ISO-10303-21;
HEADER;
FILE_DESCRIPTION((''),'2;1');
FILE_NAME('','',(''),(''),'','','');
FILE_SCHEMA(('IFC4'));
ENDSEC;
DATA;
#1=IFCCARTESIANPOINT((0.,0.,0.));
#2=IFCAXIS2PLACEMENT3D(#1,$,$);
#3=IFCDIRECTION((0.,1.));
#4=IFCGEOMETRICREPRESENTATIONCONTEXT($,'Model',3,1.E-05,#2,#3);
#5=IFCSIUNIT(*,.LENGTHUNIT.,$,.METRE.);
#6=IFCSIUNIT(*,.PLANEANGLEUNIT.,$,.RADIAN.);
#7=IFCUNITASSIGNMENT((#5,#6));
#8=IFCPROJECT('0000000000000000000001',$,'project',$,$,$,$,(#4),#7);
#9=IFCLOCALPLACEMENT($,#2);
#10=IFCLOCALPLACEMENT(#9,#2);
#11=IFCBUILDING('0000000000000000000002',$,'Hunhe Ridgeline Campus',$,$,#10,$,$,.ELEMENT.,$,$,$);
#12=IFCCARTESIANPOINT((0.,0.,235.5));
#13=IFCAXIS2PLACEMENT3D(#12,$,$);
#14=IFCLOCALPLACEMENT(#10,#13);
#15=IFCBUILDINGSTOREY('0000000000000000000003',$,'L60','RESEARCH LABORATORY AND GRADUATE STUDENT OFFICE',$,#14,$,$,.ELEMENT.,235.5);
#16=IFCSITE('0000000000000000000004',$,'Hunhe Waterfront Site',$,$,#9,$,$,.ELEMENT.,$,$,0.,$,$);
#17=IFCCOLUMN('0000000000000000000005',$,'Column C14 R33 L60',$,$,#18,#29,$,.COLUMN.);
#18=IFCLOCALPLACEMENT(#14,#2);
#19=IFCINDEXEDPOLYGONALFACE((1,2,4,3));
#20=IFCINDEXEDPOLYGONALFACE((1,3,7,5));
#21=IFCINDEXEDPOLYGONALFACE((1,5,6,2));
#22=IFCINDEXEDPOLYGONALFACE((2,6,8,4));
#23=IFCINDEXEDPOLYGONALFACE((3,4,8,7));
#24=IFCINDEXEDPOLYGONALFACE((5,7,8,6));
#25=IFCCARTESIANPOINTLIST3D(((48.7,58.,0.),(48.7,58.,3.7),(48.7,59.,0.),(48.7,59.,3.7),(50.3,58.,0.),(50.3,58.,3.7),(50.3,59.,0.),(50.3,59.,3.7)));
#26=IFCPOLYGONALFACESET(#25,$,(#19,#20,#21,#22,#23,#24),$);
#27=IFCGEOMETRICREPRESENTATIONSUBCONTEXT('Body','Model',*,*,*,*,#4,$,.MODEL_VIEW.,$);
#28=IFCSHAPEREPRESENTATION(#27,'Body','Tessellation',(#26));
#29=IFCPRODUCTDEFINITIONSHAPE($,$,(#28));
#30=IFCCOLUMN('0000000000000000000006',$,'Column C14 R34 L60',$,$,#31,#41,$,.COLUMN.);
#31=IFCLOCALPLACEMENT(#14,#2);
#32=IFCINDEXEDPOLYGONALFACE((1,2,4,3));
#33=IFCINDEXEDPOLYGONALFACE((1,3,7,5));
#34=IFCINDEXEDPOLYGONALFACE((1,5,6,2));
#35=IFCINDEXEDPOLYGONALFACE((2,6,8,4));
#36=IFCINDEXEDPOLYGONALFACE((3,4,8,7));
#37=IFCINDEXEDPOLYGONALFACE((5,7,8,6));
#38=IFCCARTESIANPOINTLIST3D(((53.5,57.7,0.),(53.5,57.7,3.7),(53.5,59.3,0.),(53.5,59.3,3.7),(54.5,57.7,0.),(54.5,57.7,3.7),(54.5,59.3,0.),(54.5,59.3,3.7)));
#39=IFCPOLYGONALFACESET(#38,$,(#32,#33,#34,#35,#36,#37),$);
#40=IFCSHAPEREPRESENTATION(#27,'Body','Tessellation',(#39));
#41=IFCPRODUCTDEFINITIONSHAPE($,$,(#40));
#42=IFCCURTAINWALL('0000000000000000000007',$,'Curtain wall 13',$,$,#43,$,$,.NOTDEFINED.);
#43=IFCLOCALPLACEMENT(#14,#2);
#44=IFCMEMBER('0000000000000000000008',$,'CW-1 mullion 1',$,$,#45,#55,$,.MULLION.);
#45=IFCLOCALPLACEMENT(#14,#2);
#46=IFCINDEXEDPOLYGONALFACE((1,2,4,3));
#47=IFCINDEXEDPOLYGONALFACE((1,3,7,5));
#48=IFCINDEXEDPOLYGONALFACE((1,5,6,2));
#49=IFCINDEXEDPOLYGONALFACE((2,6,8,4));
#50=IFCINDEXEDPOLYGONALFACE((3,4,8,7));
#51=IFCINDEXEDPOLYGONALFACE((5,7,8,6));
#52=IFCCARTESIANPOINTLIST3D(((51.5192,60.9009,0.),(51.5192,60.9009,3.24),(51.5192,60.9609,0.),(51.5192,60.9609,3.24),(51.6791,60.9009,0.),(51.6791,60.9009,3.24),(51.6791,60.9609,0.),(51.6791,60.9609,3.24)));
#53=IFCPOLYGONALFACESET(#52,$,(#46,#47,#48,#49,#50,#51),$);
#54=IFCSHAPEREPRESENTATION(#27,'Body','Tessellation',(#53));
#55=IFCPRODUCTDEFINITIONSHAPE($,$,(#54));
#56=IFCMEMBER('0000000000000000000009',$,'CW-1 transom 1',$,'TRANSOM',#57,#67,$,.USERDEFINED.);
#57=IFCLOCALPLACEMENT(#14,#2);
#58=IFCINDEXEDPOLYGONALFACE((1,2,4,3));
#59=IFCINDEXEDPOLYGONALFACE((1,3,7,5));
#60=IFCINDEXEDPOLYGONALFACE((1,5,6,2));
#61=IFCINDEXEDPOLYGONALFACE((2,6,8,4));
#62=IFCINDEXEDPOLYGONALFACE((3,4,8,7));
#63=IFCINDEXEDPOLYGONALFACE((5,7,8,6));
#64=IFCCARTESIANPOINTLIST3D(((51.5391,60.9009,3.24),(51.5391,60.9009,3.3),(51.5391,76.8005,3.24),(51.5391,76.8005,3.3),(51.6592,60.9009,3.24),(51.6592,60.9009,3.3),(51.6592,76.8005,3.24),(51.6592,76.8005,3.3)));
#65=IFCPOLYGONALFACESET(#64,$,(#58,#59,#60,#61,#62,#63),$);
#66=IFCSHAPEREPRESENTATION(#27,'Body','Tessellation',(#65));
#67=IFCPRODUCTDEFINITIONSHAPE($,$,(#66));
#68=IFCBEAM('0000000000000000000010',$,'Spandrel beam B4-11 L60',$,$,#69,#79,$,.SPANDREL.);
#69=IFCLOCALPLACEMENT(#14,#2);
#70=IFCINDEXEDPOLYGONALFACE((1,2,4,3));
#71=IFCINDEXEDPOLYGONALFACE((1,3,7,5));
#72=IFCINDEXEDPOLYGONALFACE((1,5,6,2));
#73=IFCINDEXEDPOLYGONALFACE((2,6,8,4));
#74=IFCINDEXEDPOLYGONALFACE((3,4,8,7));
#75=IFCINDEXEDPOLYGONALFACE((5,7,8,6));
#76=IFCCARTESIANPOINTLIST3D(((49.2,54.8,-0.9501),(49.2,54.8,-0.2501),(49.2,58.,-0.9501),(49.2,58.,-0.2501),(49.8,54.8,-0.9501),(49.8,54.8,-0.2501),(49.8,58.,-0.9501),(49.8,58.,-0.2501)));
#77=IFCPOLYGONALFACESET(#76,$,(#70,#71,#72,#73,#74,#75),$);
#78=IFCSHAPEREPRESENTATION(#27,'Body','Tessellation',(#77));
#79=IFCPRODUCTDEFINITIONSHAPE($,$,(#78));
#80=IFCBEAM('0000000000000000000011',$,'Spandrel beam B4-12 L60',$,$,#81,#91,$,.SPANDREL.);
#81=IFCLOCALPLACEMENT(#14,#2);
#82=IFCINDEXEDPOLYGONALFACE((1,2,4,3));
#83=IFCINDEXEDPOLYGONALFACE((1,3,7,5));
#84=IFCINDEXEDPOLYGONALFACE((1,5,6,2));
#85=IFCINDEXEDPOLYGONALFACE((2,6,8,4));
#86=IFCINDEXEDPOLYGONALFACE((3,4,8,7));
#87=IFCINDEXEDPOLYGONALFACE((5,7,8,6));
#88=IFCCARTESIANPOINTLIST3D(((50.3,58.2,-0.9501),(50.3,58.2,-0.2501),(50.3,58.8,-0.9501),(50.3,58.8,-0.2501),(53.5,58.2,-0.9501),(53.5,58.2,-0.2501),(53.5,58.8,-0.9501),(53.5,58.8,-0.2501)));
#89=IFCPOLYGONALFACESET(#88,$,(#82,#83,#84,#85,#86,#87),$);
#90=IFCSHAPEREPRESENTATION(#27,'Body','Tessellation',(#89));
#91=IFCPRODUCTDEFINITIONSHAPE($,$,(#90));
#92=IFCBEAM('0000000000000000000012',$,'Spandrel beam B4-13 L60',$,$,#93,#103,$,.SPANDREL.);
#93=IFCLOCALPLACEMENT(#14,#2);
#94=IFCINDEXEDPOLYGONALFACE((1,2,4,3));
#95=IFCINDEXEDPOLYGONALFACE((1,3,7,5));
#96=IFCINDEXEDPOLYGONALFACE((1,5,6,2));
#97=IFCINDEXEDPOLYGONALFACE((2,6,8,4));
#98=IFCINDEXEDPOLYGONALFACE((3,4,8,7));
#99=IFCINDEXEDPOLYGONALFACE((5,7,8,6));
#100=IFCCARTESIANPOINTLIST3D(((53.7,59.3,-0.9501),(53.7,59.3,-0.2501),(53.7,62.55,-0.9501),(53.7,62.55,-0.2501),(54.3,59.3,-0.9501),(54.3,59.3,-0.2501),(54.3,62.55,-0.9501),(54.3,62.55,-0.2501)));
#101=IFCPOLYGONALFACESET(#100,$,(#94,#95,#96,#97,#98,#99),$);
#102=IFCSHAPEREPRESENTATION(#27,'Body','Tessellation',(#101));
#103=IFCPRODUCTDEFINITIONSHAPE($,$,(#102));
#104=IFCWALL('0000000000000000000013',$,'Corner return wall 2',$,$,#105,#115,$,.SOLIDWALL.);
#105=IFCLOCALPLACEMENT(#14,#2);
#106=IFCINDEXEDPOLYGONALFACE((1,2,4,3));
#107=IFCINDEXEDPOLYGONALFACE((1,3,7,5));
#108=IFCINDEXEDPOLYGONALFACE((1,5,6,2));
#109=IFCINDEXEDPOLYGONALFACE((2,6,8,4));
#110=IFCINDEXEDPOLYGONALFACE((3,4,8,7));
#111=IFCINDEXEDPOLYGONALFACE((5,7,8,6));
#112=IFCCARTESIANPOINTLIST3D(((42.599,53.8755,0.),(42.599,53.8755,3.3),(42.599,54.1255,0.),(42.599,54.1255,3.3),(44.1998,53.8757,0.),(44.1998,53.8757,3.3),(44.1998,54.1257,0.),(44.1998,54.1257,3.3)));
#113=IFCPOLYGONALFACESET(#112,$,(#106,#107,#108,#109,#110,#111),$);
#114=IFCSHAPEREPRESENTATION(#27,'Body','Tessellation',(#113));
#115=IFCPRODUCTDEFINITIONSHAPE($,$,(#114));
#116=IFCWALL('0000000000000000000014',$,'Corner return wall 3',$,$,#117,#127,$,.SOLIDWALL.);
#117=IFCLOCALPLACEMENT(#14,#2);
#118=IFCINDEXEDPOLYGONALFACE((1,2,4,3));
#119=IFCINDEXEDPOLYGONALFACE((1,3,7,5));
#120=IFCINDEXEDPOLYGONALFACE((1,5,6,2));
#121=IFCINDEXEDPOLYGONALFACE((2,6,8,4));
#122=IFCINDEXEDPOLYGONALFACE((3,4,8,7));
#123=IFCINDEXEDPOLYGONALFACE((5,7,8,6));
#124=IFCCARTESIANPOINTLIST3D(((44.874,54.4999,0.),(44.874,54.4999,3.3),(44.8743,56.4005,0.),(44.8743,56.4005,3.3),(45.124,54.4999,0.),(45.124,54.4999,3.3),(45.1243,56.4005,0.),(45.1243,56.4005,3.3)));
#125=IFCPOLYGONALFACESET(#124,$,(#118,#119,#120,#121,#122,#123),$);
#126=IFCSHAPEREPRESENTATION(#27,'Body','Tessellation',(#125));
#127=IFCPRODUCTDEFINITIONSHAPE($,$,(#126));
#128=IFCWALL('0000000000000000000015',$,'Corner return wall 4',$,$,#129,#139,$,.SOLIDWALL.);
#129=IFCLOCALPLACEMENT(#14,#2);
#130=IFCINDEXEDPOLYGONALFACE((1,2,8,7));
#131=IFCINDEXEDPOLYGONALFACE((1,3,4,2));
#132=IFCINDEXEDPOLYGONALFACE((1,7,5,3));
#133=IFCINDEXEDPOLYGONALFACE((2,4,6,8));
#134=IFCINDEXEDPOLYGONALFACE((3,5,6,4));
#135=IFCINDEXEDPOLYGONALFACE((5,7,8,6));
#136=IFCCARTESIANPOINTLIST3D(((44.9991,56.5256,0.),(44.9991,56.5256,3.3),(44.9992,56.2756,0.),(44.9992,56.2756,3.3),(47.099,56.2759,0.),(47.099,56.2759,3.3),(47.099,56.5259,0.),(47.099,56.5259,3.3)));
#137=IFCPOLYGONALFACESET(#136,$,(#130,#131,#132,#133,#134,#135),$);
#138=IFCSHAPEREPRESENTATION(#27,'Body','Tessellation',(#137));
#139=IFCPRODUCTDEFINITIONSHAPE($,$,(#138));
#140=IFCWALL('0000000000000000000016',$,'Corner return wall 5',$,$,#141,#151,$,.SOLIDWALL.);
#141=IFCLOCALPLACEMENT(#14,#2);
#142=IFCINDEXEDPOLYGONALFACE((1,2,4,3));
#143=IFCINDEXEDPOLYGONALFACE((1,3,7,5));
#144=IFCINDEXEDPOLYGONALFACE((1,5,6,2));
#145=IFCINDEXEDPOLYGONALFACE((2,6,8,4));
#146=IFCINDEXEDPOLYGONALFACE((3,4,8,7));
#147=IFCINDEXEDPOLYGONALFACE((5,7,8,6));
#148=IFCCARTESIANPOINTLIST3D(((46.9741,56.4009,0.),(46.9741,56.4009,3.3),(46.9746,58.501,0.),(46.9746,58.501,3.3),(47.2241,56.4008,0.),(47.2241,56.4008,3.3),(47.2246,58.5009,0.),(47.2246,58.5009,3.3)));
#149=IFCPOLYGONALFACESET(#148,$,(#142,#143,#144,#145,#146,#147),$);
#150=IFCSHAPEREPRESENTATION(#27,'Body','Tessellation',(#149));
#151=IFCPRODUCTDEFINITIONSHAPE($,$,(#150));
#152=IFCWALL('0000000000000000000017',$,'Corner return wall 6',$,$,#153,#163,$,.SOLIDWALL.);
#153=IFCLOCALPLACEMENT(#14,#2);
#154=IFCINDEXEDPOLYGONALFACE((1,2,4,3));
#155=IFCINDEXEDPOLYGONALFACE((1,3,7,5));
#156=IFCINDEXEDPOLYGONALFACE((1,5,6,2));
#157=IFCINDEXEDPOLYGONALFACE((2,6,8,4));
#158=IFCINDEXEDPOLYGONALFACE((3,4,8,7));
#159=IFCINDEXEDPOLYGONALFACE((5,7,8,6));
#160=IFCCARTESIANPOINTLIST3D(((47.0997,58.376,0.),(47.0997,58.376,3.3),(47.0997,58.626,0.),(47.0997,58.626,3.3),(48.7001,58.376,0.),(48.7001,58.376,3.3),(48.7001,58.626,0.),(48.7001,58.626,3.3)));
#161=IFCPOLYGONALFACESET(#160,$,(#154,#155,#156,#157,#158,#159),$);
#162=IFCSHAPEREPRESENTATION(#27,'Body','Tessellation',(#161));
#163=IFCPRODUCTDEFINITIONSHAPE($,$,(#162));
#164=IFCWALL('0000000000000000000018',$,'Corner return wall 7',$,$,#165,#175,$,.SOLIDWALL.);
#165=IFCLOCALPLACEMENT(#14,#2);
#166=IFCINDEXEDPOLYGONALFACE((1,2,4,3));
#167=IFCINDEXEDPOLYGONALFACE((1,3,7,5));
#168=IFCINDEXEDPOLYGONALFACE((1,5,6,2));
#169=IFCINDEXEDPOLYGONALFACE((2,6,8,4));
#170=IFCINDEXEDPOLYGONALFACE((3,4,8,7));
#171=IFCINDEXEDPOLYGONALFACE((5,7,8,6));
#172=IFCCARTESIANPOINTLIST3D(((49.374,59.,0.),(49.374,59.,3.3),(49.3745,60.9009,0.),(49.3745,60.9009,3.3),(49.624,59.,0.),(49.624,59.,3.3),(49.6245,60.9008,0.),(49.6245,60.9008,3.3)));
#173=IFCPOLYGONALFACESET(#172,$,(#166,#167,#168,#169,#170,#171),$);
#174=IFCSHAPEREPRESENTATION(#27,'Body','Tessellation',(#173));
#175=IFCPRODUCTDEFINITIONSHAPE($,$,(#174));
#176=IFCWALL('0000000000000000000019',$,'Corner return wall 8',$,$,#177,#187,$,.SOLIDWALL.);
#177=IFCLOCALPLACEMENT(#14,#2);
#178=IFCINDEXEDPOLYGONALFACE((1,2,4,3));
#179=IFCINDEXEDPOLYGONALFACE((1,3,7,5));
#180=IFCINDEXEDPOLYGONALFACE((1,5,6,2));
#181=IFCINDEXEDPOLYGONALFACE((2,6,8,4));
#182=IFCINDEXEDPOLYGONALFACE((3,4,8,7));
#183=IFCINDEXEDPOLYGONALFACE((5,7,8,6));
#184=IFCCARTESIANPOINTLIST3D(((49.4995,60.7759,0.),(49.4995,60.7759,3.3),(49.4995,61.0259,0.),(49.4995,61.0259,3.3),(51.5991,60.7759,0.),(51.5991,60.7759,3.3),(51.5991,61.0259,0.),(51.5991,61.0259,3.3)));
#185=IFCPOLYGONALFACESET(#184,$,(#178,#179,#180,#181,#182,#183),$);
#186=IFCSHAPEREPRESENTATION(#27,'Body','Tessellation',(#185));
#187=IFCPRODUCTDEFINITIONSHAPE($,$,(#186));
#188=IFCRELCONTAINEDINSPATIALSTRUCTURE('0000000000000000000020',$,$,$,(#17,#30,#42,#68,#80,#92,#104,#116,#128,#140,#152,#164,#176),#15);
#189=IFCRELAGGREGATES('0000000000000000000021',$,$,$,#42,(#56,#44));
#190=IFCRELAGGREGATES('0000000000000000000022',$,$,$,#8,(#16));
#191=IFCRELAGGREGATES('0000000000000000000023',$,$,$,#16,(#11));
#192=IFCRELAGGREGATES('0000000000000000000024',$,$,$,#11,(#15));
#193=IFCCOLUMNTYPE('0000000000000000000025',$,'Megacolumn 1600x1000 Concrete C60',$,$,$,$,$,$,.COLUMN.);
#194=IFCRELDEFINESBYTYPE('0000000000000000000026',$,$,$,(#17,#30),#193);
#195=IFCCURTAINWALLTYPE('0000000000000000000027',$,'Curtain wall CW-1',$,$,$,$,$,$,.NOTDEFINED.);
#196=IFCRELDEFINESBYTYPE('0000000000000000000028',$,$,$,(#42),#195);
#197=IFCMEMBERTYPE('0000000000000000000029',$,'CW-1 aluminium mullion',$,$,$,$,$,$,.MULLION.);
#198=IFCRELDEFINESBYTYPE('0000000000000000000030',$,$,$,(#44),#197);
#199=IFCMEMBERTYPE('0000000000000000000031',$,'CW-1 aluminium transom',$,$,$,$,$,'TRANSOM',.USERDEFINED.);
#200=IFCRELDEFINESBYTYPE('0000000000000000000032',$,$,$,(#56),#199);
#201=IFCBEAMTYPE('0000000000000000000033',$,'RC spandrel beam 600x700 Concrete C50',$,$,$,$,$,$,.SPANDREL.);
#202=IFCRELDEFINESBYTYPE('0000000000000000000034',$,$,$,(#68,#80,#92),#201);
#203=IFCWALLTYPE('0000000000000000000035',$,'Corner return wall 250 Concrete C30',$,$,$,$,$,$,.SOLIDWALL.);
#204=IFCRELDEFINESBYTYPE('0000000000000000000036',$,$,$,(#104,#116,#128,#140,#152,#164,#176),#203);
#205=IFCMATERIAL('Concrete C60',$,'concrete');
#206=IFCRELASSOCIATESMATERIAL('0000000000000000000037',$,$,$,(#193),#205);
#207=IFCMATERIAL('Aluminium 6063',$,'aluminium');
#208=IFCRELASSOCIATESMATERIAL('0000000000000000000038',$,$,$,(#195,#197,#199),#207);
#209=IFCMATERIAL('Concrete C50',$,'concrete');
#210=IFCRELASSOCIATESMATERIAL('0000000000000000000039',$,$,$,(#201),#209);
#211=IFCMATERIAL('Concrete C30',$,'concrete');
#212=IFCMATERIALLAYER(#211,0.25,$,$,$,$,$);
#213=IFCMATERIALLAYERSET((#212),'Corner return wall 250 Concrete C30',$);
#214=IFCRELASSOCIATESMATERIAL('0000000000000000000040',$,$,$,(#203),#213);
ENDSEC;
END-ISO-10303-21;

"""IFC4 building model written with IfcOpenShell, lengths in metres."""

from ifc_helpers import new_model, si_unit, direction, frame, frame_2d, origin, origin_2d, place, context, subcontext, project, spatial, rectangle, extrude, material, layer, layer_set, material_profile, profile_set, type_object, element, aggregate, save


model = new_model("IFC4")

# Units and contexts
model_context = context("Model", 3, precision=1e-05, world=origin(), true_north=direction((0.0, 1.0)))
body_context = subcontext(model_context, "Body", "Model", "MODEL_VIEW")
ifc_project = project(units=[si_unit("LENGTHUNIT", "METRE"), si_unit("PLANEANGLEUNIT", "RADIAN")], contexts=[model_context])

# Site, building, storey
site_placement = place(None, origin())
site = spatial("IfcSite", under=ifc_project, at=site_placement, Name="Hunhe Waterfront Site", CompositionType="ELEMENT", RefElevation=0.0)
building_placement = place(site_placement, origin())
building = spatial("IfcBuilding", under=site, at=building_placement, Name="Hunhe Ridgeline Campus", CompositionType="ELEMENT")
storey_placement = place(building_placement, frame((0.0, 0.0, 235.5)))
storey = spatial("IfcBuildingStorey", under=building, at=storey_placement, Name="L60", Description="RESEARCH LABORATORY AND GRADUATE STUDENT OFFICE", CompositionType="ELEMENT", Elevation=235.5)

# Columns
ifc_material_1 = material(Name="Concrete C60", Category="concrete")
ifc_material_profile_1 = material_profile(ifc_material_1, rectangle(XDim=1.6001, YDim=1.0, at=origin_2d()))
ifc_profile_set_1 = profile_set([ifc_material_profile_1], Name="Concrete C60")
column_type = type_object("IfcColumnType", Name="Megacolumn 1600x1000 Concrete C60", PredefinedType="COLUMN", material=ifc_profile_set_1)
for number, where, z_axis, x_axis, name in (
    (1, (49.5, 58.5, 0.0), (0.0, 0.0, 1.0), (1.0, 0.0, 0.0), "Column C14 R33 L60"),
    (2, (54.0, 58.5, 0.0), (0.0, 0.0, 1.0), (0.0, 1.0, 0.0), "Column C14 R34 L60"),
):
    element("IfcColumn", number, at=place(storey_placement, frame(where, z_axis=z_axis, x_axis=x_axis)), inside=storey, type_object=column_type, Name=name, PredefinedType="COLUMN", context=body_context, shape_type="SweptSolid", body=[
        extrude(rectangle(XDim=1.6001, YDim=1.0, at=origin_2d()), origin(), (0.0, 0.0, 1.0), 3.7),
    ])

# Curtain wall, members
ifc_material_2 = material(Name="Aluminium 6063", Category="aluminium")
curtain_wall_type = type_object("IfcCurtainWallType", Name="Curtain wall CW-1", PredefinedType="NOTDEFINED", material=ifc_material_2)
curtain_wall_placement = place(storey_placement, origin())
curtain_wall = element("IfcCurtainWall", 3, at=curtain_wall_placement, inside=storey, type_object=curtain_wall_type, Name="Curtain wall 13", PredefinedType="NOTDEFINED")
ifc_material_profile_2 = material_profile(ifc_material_2, rectangle(XDim=0.1599, YDim=0.0601, at=origin_2d()))
ifc_profile_set_2 = profile_set([ifc_material_profile_2], Name="Aluminium 6063")
member_type_1 = type_object("IfcMemberType", Name="CW-1 aluminium mullion", PredefinedType="MULLION", material=ifc_profile_set_2)
member_1_placement = place(storey_placement, frame((51.5991, 60.9309, 0.0), z_axis=(0.0, 0.0, 1.0), x_axis=(-1.0, 0.0, 0.0)))
member_1 = element("IfcMember", 4, at=member_1_placement, type_object=member_type_1, Name="CW-1 mullion 1", PredefinedType="MULLION", context=body_context, shape_type="SweptSolid", body=[
    extrude(rectangle(XDim=0.1599, YDim=0.0601, at=origin_2d()), origin(), (0.0, 0.0, 1.0), 3.24),
])
ifc_material_profile_3 = material_profile(ifc_material_2, rectangle(XDim=0.1201, YDim=0.0601, at=origin_2d()))
ifc_profile_set_3 = profile_set([ifc_material_profile_3], Name="Aluminium 6063")
member_type_2 = type_object("IfcMemberType", Name="CW-1 aluminium transom", ElementType="TRANSOM", PredefinedType="USERDEFINED", material=ifc_profile_set_3)
member_2_placement = place(storey_placement, frame((51.5991, 60.9009, 3.27), z_axis=(0.0, 1.0, 0.0), x_axis=(-1.0, 0.0, 0.0)))
member_2 = element("IfcMember", 5, at=member_2_placement, type_object=member_type_2, Name="CW-1 transom 1", ObjectType="TRANSOM", PredefinedType="USERDEFINED", context=body_context, shape_type="SweptSolid", body=[
    extrude(rectangle(XDim=0.1201, YDim=0.0601, at=origin_2d()), origin(), (0.0, 0.0, 1.0), 15.8997),
])
aggregate(curtain_wall, [member_2, member_1])

# Beams
ifc_material_3 = material(Name="Concrete C50", Category="concrete")
ifc_material_profile_4 = material_profile(ifc_material_3, rectangle(XDim=0.6001, YDim=0.7, at=origin_2d()))
ifc_profile_set_4 = profile_set([ifc_material_profile_4], Name="Concrete C50")
beam_type = type_object("IfcBeamType", Name="RC spandrel beam 600x700 Concrete C50", PredefinedType="SPANDREL", material=ifc_profile_set_4)
for number, where, z_axis, x_axis, name in (
    (6, (49.5, 54.8, -0.6001), (0.0, 1.0, 0.0), (-1.0, 0.0, 0.0), "Spandrel beam B4-11 L60"),
    (7, (50.3, 58.5, -0.6001), (1.0, 0.0, 0.0), (0.0, 1.0, 0.0), "Spandrel beam B4-12 L60"),
):
    element("IfcBeam", number, at=place(storey_placement, frame(where, z_axis=z_axis, x_axis=x_axis)), inside=storey, type_object=beam_type, Name=name, PredefinedType="SPANDREL", context=body_context, shape_type="SweptSolid", body=[
        extrude(rectangle(XDim=0.6001, YDim=0.7, at=origin_2d()), origin(), (0.0, 0.0, 1.0), 3.2),
    ])
beam_placement = place(storey_placement, frame((54.0, 59.3, -0.6001), z_axis=(0.0, 1.0, 0.0), x_axis=(-1.0, 0.0, 0.0)))
element("IfcBeam", 8, at=beam_placement, inside=storey, type_object=beam_type, Name="Spandrel beam B4-13 L60", PredefinedType="SPANDREL", context=body_context, shape_type="SweptSolid", body=[
    extrude(rectangle(XDim=0.6001, YDim=0.7, at=origin_2d()), origin(), (0.0, 0.0, 1.0), 3.25),
])

# Walls
ifc_material_4 = material(Name="Concrete C30", Category="concrete")
ifc_layer_1 = layer(ifc_material_4, 0.25)
ifc_layer_set_1 = layer_set([ifc_layer_1], Name="Corner return wall 250 Concrete C30")
wall_type_1 = type_object("IfcWallType", Name="Corner return wall 250 Concrete C30", PredefinedType="SOLIDWALL", material=ifc_layer_set_1)
wall_1_placement = place(storey_placement, frame((42.5991, 54.0005, 0.0), z_axis=(0.0, 0.0, 1.0), x_axis=(1.0, 0.000153, 0.0)))
element("IfcWall", 9, at=wall_1_placement, inside=storey, type_object=wall_type_1, Name="Corner return wall 2", PredefinedType="SOLIDWALL", context=body_context, shape_type="SweptSolid", body=[
    extrude(rectangle(XDim=1.6008, YDim=0.25, at=frame_2d((0.8003, 0.0))), origin(), (0.0, 0.0, 1.0), 3.3),
])
wall_2_placement = place(storey_placement, frame((44.999, 54.5, 0.0), z_axis=(0.0, 0.0, 1.0), x_axis=(0.000128, 1.0, 0.0)))
element("IfcWall", 10, at=wall_2_placement, inside=storey, type_object=wall_type_1, Name="Corner return wall 3", PredefinedType="SOLIDWALL", context=body_context, shape_type="SweptSolid", body=[
    extrude(rectangle(XDim=1.9006, YDim=0.25, at=frame_2d((0.9502, 0.0))), origin(), (0.0, 0.0, 1.0), 3.3),
])
wall_3_placement = place(storey_placement, frame((44.9993, 56.4006, 0.0), z_axis=(0.0, 0.0, 1.0), x_axis=(1.0, 0.000116, 0.0)))
element("IfcWall", 11, at=wall_3_placement, inside=storey, type_object=wall_type_1, Name="Corner return wall 4", PredefinedType="SOLIDWALL", context=body_context, shape_type="SweptSolid", body=[
    extrude(rectangle(XDim=2.0999, YDim=0.25, at=frame_2d((1.0498, 0.0))), origin(), (0.0, 0.0, 1.0), 3.3),
])
wall_4_placement = place(storey_placement, frame((47.0991, 56.4009, 0.0), z_axis=(0.0, 0.0, 1.0), x_axis=(0.000233, 1.0, 0.0)))
element("IfcWall", 12, at=wall_4_placement, inside=storey, type_object=wall_type_1, Name="Corner return wall 5", PredefinedType="SOLIDWALL", context=body_context, shape_type="SweptSolid", body=[
    extrude(rectangle(XDim=2.1001, YDim=0.25, at=frame_2d((1.05, 0.0))), origin(), (0.0, 0.0, 1.0), 3.3),
])
wall_5_placement = place(storey_placement, frame((47.0996, 58.501, 0.0), z_axis=(0.0, 0.0, 1.0), x_axis=(1.0, 0.0, 0.0)))
element("IfcWall", 13, at=wall_5_placement, inside=storey, type_object=wall_type_1, Name="Corner return wall 6", PredefinedType="SOLIDWALL", context=body_context, shape_type="SweptSolid", body=[
    extrude(rectangle(XDim=1.6003, YDim=0.25, at=frame_2d((0.8003, 0.0))), origin(), (0.0, 0.0, 1.0), 3.3),
])
wall_6_placement = place(storey_placement, frame((49.499, 59.0, 0.0), z_axis=(0.0, 0.0, 1.0), x_axis=(0.000257, 1.0, 0.0)))
element("IfcWall", 14, at=wall_6_placement, inside=storey, type_object=wall_type_1, Name="Corner return wall 7", PredefinedType="SOLIDWALL", context=body_context, shape_type="SweptSolid", body=[
    extrude(rectangle(XDim=1.9009, YDim=0.25, at=frame_2d((0.9504, 0.0))), origin(), (0.0, 0.0, 1.0), 3.3),
])
wall_7_placement = place(storey_placement, frame((49.4995, 60.9009, 0.0), z_axis=(0.0, 0.0, 1.0), x_axis=(1.0, 0.0, 0.0)))
element("IfcWall", 15, at=wall_7_placement, inside=storey, type_object=wall_type_1, Name="Corner return wall 8", PredefinedType="SOLIDWALL", context=body_context, shape_type="SweptSolid", body=[
    extrude(rectangle(XDim=2.0996, YDim=0.25, at=frame_2d((1.0498, 0.0))), origin(), (0.0, 0.0, 1.0), 3.3),
])

save(model, "model.ifc")
